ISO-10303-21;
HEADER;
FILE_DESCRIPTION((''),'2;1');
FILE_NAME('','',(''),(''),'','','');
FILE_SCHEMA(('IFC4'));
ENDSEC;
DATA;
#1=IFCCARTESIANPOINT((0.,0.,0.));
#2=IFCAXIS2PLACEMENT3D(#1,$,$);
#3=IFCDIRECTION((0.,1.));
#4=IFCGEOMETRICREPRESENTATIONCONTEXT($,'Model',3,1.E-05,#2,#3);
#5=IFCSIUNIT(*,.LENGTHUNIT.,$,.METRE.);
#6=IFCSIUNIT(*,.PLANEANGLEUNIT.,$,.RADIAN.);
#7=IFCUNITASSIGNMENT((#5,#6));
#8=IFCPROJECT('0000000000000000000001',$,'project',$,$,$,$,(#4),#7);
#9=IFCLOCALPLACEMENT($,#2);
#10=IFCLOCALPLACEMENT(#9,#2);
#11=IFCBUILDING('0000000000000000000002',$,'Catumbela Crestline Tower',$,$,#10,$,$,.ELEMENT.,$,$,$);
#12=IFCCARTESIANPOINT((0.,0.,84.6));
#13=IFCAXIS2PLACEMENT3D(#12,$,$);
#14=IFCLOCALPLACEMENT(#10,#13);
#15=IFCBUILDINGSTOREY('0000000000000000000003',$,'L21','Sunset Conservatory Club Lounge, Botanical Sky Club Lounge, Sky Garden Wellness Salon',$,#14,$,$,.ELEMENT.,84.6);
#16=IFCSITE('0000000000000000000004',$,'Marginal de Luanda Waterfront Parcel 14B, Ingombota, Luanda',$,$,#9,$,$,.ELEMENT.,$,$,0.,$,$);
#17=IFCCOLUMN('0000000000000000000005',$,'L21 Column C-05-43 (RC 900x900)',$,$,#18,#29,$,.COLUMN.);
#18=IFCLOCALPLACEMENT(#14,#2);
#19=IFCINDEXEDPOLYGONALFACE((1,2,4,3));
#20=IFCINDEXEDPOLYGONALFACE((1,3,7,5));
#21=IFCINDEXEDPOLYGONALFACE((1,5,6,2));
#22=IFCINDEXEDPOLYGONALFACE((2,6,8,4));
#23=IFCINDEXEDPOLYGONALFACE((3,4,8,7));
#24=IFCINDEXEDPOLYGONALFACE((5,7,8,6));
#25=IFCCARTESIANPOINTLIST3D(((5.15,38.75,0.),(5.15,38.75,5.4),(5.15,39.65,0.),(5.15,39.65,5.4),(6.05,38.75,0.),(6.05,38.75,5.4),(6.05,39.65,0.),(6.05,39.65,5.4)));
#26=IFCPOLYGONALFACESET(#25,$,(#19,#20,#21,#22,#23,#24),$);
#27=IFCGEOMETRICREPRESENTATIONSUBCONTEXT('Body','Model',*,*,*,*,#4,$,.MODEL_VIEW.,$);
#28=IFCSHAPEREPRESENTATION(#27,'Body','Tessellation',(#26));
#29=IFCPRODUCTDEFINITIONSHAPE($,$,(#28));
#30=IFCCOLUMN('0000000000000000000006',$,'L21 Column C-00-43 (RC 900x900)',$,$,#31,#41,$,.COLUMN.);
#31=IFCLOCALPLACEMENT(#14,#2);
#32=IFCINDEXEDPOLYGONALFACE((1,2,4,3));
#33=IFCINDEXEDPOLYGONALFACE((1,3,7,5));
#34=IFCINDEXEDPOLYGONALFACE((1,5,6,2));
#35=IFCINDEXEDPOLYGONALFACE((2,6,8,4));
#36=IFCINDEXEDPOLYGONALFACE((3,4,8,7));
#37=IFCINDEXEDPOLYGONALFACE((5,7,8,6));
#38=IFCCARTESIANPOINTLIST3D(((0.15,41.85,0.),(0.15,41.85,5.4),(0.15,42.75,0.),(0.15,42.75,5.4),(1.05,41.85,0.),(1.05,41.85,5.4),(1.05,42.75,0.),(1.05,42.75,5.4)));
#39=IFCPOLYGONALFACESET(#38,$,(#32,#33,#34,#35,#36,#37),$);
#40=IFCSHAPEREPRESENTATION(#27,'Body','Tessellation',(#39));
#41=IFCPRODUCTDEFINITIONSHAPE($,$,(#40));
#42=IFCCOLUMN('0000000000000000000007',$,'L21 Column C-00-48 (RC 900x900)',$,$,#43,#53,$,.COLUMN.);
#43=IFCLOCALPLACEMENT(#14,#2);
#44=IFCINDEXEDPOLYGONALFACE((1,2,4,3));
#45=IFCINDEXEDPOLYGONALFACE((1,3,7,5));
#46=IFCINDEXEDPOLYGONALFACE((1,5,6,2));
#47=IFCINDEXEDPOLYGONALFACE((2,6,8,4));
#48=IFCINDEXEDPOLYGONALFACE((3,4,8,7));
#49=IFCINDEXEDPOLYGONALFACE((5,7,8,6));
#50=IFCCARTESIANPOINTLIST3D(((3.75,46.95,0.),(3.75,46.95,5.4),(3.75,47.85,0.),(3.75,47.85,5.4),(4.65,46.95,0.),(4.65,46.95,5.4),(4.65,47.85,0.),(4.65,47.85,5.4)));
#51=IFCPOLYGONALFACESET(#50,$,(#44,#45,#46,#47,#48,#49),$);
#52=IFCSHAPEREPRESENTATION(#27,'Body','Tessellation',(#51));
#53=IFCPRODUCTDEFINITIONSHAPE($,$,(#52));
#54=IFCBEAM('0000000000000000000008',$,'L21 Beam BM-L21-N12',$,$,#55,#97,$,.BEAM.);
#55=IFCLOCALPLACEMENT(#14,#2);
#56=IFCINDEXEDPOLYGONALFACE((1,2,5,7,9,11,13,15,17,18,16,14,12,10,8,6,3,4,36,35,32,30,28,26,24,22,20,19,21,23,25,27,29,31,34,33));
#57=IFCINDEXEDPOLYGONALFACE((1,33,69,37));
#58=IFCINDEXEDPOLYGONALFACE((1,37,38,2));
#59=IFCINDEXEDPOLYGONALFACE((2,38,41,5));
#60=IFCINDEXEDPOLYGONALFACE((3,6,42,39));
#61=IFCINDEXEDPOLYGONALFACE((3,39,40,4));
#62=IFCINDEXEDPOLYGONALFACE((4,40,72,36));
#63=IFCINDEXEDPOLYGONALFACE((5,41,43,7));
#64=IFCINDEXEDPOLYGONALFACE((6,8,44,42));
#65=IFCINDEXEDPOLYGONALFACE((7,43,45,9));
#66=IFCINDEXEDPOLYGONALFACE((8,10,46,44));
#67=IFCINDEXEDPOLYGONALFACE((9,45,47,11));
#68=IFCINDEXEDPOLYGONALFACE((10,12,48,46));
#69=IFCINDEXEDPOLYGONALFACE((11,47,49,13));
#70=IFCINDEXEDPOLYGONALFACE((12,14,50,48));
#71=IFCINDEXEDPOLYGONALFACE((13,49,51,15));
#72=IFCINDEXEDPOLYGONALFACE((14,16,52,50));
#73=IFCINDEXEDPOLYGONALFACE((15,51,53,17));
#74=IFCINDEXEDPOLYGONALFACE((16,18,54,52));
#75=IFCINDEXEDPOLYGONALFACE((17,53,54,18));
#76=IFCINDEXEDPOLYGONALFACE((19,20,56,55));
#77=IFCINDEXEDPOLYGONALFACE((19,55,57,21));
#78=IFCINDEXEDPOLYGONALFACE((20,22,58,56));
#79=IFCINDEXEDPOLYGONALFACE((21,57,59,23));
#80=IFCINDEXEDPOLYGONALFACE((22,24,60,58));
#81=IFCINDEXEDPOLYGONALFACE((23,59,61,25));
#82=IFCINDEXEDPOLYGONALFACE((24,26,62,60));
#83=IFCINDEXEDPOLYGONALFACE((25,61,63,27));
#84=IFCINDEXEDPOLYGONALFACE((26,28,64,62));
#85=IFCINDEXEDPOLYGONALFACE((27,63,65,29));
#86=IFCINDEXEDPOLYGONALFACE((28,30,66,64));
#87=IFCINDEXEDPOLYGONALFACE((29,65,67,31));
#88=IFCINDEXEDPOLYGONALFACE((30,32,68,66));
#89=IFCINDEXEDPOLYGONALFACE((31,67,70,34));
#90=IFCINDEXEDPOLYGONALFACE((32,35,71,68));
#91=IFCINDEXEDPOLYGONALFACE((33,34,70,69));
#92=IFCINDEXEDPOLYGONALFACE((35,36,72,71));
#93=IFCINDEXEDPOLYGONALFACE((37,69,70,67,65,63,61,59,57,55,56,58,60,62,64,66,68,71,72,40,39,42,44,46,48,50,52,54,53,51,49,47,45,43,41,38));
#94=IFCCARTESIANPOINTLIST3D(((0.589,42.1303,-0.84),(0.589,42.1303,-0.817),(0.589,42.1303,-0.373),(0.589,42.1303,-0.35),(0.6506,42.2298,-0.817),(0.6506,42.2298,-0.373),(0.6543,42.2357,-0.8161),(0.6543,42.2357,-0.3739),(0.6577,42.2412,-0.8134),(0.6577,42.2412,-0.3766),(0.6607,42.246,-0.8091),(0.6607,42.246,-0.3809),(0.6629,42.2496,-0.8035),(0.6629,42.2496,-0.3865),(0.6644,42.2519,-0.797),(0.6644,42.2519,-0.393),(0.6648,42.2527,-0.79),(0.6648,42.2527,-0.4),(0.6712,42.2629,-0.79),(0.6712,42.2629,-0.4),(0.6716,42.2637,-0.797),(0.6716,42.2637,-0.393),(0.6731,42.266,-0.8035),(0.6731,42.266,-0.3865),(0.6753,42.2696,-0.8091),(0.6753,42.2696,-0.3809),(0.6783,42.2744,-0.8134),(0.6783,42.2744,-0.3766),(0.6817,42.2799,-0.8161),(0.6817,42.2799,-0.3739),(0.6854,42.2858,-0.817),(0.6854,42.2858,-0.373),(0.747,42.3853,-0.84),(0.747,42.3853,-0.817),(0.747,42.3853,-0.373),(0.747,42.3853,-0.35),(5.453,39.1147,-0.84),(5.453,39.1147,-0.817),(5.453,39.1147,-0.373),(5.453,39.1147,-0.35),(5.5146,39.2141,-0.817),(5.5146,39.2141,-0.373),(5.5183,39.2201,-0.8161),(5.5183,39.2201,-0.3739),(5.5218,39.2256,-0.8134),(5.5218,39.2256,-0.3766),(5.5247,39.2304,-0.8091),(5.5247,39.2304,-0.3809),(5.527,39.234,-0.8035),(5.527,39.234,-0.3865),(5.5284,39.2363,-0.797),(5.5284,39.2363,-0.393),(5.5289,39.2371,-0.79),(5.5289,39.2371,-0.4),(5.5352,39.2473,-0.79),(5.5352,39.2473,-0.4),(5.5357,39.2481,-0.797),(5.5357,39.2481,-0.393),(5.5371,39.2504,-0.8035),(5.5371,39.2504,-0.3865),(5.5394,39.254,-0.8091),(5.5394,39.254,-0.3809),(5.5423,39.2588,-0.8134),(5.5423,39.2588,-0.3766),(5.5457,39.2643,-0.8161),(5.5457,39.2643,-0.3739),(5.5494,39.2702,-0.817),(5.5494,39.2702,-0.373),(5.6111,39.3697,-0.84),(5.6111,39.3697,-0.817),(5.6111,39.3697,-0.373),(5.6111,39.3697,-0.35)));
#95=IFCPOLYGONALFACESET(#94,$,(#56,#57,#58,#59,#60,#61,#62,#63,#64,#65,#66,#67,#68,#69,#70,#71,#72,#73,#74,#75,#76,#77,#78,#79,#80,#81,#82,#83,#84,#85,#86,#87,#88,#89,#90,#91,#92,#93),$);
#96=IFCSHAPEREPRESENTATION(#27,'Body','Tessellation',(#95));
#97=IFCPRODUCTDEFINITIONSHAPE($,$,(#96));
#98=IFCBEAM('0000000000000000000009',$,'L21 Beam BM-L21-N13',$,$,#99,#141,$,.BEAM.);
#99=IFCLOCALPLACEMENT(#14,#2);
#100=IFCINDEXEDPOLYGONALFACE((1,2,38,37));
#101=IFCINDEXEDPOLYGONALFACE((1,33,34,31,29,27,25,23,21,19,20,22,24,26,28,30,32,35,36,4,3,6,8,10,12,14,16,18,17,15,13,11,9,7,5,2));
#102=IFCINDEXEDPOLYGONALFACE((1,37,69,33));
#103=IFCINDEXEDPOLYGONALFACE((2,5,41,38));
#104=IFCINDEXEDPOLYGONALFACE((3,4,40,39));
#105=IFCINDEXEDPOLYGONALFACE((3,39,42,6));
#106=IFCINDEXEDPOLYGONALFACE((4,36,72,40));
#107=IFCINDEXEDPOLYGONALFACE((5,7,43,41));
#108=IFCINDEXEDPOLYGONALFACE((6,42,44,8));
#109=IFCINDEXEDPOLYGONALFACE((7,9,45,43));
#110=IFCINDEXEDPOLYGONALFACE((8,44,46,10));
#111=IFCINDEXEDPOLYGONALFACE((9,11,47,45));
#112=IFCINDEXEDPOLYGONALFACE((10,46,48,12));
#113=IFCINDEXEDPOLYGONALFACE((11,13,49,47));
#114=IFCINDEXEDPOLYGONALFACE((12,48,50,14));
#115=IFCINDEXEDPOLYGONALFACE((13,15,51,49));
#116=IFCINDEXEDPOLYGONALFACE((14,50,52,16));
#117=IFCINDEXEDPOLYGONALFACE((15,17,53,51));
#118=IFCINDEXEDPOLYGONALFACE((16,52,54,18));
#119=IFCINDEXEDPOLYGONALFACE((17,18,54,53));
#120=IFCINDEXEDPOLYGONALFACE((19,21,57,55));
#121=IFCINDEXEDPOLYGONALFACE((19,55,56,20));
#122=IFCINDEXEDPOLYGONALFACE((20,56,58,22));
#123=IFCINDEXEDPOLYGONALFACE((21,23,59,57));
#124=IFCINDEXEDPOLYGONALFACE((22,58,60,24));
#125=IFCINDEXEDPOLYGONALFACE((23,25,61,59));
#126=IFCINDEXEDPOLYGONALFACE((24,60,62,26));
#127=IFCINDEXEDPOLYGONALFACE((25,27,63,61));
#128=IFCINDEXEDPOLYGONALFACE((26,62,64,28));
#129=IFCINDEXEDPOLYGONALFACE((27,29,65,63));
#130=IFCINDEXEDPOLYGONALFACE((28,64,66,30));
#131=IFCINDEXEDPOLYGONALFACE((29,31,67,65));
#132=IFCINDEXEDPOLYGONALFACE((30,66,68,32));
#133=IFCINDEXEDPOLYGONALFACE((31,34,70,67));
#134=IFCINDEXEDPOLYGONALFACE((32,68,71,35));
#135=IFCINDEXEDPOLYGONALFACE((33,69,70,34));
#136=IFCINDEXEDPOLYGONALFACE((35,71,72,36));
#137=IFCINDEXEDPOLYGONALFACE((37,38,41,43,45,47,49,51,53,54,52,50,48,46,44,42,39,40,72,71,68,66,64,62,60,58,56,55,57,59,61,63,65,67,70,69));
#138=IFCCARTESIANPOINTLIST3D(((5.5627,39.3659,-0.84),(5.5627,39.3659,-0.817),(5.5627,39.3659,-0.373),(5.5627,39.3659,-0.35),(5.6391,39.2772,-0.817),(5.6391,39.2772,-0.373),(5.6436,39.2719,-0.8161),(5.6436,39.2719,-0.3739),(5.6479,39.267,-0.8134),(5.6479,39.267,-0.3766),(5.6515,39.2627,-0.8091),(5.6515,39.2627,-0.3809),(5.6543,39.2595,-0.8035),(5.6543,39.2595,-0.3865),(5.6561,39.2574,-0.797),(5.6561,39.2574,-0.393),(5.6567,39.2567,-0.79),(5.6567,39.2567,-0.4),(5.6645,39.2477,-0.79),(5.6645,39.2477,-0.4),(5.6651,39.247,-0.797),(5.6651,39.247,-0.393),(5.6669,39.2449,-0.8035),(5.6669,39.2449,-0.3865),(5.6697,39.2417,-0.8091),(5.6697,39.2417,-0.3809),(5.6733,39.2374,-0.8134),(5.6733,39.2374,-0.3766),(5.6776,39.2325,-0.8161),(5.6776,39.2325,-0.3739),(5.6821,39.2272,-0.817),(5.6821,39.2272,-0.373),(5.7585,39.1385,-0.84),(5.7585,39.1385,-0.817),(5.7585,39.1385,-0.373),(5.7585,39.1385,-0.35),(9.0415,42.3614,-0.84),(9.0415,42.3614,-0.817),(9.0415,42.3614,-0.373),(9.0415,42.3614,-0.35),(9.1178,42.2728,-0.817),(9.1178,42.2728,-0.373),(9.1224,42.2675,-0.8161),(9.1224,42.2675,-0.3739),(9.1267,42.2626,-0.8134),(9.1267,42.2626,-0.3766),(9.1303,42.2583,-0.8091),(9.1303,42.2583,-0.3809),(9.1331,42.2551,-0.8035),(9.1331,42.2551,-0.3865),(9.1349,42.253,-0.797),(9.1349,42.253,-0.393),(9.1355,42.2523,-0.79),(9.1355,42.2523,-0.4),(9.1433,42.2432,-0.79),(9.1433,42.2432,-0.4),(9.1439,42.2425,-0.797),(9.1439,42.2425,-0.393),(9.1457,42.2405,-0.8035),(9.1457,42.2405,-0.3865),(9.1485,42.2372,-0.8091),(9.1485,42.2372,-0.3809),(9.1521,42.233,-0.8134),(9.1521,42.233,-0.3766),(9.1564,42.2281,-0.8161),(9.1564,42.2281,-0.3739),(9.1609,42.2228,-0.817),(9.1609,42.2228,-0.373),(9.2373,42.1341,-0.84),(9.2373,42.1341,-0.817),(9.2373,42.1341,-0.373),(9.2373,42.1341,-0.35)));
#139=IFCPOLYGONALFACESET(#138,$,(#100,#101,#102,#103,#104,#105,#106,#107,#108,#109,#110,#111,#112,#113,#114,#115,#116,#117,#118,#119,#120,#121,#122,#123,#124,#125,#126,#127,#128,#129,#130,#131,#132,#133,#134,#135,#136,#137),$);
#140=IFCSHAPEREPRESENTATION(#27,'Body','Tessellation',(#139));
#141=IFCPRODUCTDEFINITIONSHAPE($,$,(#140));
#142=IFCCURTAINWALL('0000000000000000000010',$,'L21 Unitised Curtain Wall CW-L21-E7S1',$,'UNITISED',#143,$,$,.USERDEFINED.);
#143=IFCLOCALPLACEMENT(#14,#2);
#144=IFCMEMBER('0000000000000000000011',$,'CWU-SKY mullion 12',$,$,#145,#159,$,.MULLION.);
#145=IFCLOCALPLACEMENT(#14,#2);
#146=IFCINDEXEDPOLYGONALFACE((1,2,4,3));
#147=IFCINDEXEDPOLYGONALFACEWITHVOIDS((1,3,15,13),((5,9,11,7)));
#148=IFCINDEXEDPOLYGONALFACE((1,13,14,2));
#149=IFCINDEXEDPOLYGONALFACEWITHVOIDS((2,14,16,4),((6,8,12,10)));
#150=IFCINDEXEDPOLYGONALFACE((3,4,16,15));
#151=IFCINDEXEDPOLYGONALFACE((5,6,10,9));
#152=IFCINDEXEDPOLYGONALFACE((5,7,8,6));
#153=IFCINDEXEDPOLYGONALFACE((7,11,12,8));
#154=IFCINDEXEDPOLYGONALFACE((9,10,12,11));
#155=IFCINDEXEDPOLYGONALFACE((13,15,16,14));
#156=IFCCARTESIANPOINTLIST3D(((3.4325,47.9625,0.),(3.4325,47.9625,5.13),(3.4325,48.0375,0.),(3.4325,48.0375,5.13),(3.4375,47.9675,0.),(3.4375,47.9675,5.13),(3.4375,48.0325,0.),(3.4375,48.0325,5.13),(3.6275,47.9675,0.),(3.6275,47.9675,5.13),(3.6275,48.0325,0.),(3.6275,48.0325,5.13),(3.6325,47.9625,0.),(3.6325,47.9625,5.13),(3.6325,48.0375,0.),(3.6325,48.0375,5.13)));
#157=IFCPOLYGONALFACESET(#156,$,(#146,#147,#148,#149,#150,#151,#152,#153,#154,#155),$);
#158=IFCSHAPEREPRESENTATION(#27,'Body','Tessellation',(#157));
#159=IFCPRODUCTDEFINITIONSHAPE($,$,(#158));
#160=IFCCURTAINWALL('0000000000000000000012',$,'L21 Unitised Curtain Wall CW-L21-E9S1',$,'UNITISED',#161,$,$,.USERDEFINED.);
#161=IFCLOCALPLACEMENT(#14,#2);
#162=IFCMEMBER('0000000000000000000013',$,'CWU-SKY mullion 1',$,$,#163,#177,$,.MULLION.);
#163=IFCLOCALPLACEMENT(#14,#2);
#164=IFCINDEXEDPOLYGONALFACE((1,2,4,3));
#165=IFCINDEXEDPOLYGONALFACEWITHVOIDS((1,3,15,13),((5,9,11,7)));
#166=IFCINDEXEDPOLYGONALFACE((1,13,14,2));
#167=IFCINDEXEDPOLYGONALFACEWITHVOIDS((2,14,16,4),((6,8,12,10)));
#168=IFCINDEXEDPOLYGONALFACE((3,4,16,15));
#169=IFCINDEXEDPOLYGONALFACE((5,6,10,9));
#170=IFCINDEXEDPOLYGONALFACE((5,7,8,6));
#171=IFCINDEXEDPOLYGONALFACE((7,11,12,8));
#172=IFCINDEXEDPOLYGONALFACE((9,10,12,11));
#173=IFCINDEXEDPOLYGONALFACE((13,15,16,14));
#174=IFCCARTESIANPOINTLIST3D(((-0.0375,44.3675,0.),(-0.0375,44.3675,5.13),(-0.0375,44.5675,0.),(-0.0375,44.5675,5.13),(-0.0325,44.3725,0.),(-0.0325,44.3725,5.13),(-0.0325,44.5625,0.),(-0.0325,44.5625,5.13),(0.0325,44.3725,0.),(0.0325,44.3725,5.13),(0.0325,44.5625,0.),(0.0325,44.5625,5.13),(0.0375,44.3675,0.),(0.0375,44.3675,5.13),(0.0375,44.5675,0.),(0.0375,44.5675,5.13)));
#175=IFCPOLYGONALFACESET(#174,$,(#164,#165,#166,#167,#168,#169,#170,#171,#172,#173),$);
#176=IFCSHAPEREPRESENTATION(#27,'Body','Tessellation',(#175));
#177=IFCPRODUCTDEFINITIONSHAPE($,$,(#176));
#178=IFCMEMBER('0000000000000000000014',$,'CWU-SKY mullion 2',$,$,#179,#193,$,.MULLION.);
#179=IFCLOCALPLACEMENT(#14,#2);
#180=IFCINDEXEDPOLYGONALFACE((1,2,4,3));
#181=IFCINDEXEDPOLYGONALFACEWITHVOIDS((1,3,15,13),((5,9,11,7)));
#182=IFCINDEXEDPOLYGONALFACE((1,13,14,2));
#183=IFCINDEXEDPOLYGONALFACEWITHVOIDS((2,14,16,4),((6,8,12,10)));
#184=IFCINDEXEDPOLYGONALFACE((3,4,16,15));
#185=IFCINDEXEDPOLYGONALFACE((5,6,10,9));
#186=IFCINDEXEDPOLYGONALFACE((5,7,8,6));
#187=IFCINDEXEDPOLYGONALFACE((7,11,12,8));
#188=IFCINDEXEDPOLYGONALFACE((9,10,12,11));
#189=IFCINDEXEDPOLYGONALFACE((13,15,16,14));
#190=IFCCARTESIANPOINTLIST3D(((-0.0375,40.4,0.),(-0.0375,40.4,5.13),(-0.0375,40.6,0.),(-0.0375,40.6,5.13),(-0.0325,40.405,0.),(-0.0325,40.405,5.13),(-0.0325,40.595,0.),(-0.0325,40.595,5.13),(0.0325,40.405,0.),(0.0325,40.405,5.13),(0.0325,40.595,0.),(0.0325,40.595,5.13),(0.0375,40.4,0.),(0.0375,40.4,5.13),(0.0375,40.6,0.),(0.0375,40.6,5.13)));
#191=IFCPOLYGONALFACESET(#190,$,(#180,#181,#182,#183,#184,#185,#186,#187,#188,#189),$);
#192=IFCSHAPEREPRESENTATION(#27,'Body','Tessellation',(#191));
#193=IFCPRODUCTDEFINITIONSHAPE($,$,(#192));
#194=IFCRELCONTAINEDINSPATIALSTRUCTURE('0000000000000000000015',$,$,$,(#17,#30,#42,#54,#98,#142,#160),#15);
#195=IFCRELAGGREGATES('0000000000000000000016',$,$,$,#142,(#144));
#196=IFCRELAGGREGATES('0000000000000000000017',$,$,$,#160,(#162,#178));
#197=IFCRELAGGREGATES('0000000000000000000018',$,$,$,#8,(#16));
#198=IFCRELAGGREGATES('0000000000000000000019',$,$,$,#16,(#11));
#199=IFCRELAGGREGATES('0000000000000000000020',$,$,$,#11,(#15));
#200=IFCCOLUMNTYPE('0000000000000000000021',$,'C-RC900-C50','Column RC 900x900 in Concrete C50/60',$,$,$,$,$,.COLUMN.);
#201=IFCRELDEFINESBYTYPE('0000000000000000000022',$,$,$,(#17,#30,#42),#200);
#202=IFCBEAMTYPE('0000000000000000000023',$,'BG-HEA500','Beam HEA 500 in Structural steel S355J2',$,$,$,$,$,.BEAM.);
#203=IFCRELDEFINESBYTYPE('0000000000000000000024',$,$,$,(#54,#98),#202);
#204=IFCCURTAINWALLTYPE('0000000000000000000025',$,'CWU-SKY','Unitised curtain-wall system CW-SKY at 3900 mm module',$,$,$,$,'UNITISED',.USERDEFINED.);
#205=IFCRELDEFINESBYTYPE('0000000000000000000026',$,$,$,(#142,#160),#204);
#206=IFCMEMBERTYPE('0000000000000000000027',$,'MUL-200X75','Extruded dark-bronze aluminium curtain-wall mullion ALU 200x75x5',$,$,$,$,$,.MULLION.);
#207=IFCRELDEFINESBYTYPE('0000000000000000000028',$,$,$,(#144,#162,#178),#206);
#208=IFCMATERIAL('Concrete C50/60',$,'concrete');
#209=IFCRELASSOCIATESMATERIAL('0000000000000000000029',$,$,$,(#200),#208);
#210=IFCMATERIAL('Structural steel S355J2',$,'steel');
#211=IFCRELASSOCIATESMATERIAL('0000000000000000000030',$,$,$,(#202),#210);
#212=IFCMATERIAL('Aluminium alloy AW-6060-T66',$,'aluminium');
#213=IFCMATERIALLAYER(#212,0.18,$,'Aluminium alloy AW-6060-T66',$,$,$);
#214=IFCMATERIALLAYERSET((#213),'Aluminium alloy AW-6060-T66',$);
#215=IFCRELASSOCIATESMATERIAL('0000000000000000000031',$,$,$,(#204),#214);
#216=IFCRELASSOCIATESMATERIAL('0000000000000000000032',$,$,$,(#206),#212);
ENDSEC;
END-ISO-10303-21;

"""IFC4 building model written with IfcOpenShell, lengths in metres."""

from ifc_helpers import new_model, si_unit, direction, frame, origin, origin_2d, place, context, subcontext, project, spatial, rectangle, hollow_rectangle, i_section, extrude, material, layer, layer_set, material_profile, profile_set, type_object, element, aggregate, save


model = new_model("IFC4")

# Units and contexts
model_context = context("Model", 3, precision=1e-05, world=origin(), true_north=direction((0.0, 1.0)))
body_context = subcontext(model_context, "Body", "Model", "MODEL_VIEW")
ifc_project = project(units=[si_unit("LENGTHUNIT", "METRE"), si_unit("PLANEANGLEUNIT", "RADIAN")], contexts=[model_context])

# Site, building, storey
site_placement = place(None, origin())
site = spatial("IfcSite", under=ifc_project, at=site_placement, Name="Marginal de Luanda Waterfront Parcel 14B, Ingombota, Luanda", CompositionType="ELEMENT", RefElevation=0.0)
building_placement = place(site_placement, origin())
building = spatial("IfcBuilding", under=site, at=building_placement, Name="Catumbela Crestline Tower", CompositionType="ELEMENT")
storey_placement = place(building_placement, frame((0.0, 0.0, 84.6)))
storey = spatial("IfcBuildingStorey", under=building, at=storey_placement, Name="L21", Description="Sunset Conservatory Club Lounge, Botanical Sky Club Lounge, Sky Garden Wellness Salon", CompositionType="ELEMENT", Elevation=84.6)

# Columns
ifc_material_1 = material(Name="Concrete C50/60", Category="concrete")
ifc_material_profile_1 = material_profile(ifc_material_1, rectangle(XDim=0.9, YDim=0.9, at=origin_2d()), Name="RC 900x900")
ifc_profile_set_1 = profile_set([ifc_material_profile_1], Name="Concrete C50/60")
column_type = type_object("IfcColumnType", Name="C-RC900-C50", Description="Column RC 900x900 in Concrete C50/60", PredefinedType="COLUMN", material=ifc_profile_set_1)
for number, where, z_axis, x_axis, name in (
    (1, (5.6, 39.2, 0.0), (0.0, 0.0, 1.0), (1.0, 0.0, 0.0), "L21 Column C-05-43 (RC 900x900)"),
    (2, (0.6, 42.3, 0.0), (0.0, 0.0, 1.0), (1.0, 0.0, 0.0), "L21 Column C-00-43 (RC 900x900)"),
    (3, (4.2, 47.4, 0.0), (0.0, 0.0, 1.0), (1.0, 0.0, 0.0), "L21 Column C-00-48 (RC 900x900)"),
):
    element("IfcColumn", number, at=place(storey_placement, frame(where, z_axis=z_axis, x_axis=x_axis)), inside=storey, type_object=column_type, Name=name, PredefinedType="COLUMN", context=body_context, shape_type="SweptSolid", body=[
        extrude(rectangle(XDim=0.9, YDim=0.9, at=origin_2d()), origin(), (0.0, 0.0, 1.0), 5.4),
    ])

# Beams
ifc_material_2 = material(Name="Structural steel S355J2", Category="steel")
ifc_material_profile_2 = material_profile(ifc_material_2, i_section(OverallWidth=0.3, OverallDepth=0.49, WebThickness=0.012, FlangeThickness=0.023, FilletRadius=0.027, at=origin_2d()), Name="HEA 500")
ifc_profile_set_2 = profile_set([ifc_material_profile_2], Name="Structural steel S355J2")
beam_type_1 = type_object("IfcBeamType", Name="BG-HEA500", Description="Beam HEA 500 in Structural steel S355J2", PredefinedType="BEAM", material=ifc_profile_set_2)
beam_1_placement = place(storey_placement, frame((0.668, 42.2578, -0.595), z_axis=(0.849909, -0.52693, 0.0), x_axis=(0.52693, 0.849909, 0.0)))
element("IfcBeam", 4, at=beam_1_placement, inside=storey, type_object=beam_type_1, Name="L21 Beam BM-L21-N12", PredefinedType="BEAM", context=body_context, shape_type="SweptSolid", body=[
    extrude(i_section(OverallWidth=0.3, OverallDepth=0.49, WebThickness=0.012, FlangeThickness=0.023, FilletRadius=0.027, at=origin_2d()), origin(), (0.0, 0.0, 1.0), 5.723),
])
beam_2_placement = place(storey_placement, frame((5.6606, 39.2522, -0.595), z_axis=(0.757772, 0.652519, 0.0), x_axis=(-0.652519, 0.757772, 0.0)))
element("IfcBeam", 5, at=beam_2_placement, inside=storey, type_object=beam_type_1, Name="L21 Beam BM-L21-N13", PredefinedType="BEAM", context=body_context, shape_type="SweptSolid", body=[
    extrude(i_section(OverallWidth=0.3, OverallDepth=0.49, WebThickness=0.012, FlangeThickness=0.023, FilletRadius=0.027, at=origin_2d()), origin(), (0.0, 0.0, 1.0), 4.5908),
])

# Curtain wall, member
ifc_material_3 = material(Name="Aluminium alloy AW-6060-T66", Category="aluminium")
ifc_layer_1 = layer(ifc_material_3, 0.18, Name="Aluminium alloy AW-6060-T66")
ifc_layer_set_1 = layer_set([ifc_layer_1], Name="Aluminium alloy AW-6060-T66")
curtain_wall_type = type_object("IfcCurtainWallType", Name="CWU-SKY", Description="Unitised curtain-wall system CW-SKY at 3900 mm module", ElementType="UNITISED", PredefinedType="USERDEFINED", material=ifc_layer_set_1)
curtain_wall_1_placement = place(storey_placement, origin())
curtain_wall_1 = element("IfcCurtainWall", 6, at=curtain_wall_1_placement, inside=storey, type_object=curtain_wall_type, Name="L21 Unitised Curtain Wall CW-L21-E7S1", ObjectType="UNITISED", PredefinedType="USERDEFINED")
ifc_material_profile_3 = material_profile(ifc_material_3, hollow_rectangle(XDim=0.075, YDim=0.2, WallThickness=0.005, at=origin_2d()), Name="ALU 200x75x5")
ifc_profile_set_3 = profile_set([ifc_material_profile_3], Name="Aluminium alloy AW-6060-T66")
member_type_1 = type_object("IfcMemberType", Name="MUL-200X75", Description="Extruded dark-bronze aluminium curtain-wall mullion ALU 200x75x5", PredefinedType="MULLION", material=ifc_profile_set_3)
member_1_placement = place(storey_placement, frame((3.5325, 48.0, 0.0), z_axis=(0.0, 0.0, 1.0), x_axis=(0.0, -1.0, 0.0)))
member_1 = element("IfcMember", 7, at=member_1_placement, type_object=member_type_1, Name="CWU-SKY mullion 12", PredefinedType="MULLION", context=body_context, shape_type="SweptSolid", body=[
    extrude(hollow_rectangle(XDim=0.075, YDim=0.2, WallThickness=0.005, at=origin_2d()), origin(), (0.0, 0.0, 1.0), 5.13),
])

# Curtain wall, members
curtain_wall_2_placement = place(storey_placement, origin())
curtain_wall_2 = element("IfcCurtainWall", 8, at=curtain_wall_2_placement, inside=storey, type_object=curtain_wall_type, Name="L21 Unitised Curtain Wall CW-L21-E9S1", ObjectType="UNITISED", PredefinedType="USERDEFINED")
member_2_placement = place(storey_placement, frame((0.0, 44.4675, 0.0), z_axis=(0.0, 0.0, 1.0), x_axis=(1.0, 0.0, 0.0)))
member_2 = element("IfcMember", 9, at=member_2_placement, type_object=member_type_1, Name="CWU-SKY mullion 1", PredefinedType="MULLION", context=body_context, shape_type="SweptSolid", body=[
    extrude(hollow_rectangle(XDim=0.075, YDim=0.2, WallThickness=0.005, at=origin_2d()), origin(), (0.0, 0.0, 1.0), 5.13),
])
member_3_placement = place(storey_placement, frame((0.0, 40.5, 0.0), z_axis=(0.0, 0.0, 1.0), x_axis=(1.0, 0.0, 0.0)))
member_3 = element("IfcMember", 10, at=member_3_placement, type_object=member_type_1, Name="CWU-SKY mullion 2", PredefinedType="MULLION", context=body_context, shape_type="SweptSolid", body=[
    extrude(hollow_rectangle(XDim=0.075, YDim=0.2, WallThickness=0.005, at=origin_2d()), origin(), (0.0, 0.0, 1.0), 5.13),
])

aggregate(curtain_wall_1, [member_1])
aggregate(curtain_wall_2, [member_2, member_3])

save(model, "model.ifc")
